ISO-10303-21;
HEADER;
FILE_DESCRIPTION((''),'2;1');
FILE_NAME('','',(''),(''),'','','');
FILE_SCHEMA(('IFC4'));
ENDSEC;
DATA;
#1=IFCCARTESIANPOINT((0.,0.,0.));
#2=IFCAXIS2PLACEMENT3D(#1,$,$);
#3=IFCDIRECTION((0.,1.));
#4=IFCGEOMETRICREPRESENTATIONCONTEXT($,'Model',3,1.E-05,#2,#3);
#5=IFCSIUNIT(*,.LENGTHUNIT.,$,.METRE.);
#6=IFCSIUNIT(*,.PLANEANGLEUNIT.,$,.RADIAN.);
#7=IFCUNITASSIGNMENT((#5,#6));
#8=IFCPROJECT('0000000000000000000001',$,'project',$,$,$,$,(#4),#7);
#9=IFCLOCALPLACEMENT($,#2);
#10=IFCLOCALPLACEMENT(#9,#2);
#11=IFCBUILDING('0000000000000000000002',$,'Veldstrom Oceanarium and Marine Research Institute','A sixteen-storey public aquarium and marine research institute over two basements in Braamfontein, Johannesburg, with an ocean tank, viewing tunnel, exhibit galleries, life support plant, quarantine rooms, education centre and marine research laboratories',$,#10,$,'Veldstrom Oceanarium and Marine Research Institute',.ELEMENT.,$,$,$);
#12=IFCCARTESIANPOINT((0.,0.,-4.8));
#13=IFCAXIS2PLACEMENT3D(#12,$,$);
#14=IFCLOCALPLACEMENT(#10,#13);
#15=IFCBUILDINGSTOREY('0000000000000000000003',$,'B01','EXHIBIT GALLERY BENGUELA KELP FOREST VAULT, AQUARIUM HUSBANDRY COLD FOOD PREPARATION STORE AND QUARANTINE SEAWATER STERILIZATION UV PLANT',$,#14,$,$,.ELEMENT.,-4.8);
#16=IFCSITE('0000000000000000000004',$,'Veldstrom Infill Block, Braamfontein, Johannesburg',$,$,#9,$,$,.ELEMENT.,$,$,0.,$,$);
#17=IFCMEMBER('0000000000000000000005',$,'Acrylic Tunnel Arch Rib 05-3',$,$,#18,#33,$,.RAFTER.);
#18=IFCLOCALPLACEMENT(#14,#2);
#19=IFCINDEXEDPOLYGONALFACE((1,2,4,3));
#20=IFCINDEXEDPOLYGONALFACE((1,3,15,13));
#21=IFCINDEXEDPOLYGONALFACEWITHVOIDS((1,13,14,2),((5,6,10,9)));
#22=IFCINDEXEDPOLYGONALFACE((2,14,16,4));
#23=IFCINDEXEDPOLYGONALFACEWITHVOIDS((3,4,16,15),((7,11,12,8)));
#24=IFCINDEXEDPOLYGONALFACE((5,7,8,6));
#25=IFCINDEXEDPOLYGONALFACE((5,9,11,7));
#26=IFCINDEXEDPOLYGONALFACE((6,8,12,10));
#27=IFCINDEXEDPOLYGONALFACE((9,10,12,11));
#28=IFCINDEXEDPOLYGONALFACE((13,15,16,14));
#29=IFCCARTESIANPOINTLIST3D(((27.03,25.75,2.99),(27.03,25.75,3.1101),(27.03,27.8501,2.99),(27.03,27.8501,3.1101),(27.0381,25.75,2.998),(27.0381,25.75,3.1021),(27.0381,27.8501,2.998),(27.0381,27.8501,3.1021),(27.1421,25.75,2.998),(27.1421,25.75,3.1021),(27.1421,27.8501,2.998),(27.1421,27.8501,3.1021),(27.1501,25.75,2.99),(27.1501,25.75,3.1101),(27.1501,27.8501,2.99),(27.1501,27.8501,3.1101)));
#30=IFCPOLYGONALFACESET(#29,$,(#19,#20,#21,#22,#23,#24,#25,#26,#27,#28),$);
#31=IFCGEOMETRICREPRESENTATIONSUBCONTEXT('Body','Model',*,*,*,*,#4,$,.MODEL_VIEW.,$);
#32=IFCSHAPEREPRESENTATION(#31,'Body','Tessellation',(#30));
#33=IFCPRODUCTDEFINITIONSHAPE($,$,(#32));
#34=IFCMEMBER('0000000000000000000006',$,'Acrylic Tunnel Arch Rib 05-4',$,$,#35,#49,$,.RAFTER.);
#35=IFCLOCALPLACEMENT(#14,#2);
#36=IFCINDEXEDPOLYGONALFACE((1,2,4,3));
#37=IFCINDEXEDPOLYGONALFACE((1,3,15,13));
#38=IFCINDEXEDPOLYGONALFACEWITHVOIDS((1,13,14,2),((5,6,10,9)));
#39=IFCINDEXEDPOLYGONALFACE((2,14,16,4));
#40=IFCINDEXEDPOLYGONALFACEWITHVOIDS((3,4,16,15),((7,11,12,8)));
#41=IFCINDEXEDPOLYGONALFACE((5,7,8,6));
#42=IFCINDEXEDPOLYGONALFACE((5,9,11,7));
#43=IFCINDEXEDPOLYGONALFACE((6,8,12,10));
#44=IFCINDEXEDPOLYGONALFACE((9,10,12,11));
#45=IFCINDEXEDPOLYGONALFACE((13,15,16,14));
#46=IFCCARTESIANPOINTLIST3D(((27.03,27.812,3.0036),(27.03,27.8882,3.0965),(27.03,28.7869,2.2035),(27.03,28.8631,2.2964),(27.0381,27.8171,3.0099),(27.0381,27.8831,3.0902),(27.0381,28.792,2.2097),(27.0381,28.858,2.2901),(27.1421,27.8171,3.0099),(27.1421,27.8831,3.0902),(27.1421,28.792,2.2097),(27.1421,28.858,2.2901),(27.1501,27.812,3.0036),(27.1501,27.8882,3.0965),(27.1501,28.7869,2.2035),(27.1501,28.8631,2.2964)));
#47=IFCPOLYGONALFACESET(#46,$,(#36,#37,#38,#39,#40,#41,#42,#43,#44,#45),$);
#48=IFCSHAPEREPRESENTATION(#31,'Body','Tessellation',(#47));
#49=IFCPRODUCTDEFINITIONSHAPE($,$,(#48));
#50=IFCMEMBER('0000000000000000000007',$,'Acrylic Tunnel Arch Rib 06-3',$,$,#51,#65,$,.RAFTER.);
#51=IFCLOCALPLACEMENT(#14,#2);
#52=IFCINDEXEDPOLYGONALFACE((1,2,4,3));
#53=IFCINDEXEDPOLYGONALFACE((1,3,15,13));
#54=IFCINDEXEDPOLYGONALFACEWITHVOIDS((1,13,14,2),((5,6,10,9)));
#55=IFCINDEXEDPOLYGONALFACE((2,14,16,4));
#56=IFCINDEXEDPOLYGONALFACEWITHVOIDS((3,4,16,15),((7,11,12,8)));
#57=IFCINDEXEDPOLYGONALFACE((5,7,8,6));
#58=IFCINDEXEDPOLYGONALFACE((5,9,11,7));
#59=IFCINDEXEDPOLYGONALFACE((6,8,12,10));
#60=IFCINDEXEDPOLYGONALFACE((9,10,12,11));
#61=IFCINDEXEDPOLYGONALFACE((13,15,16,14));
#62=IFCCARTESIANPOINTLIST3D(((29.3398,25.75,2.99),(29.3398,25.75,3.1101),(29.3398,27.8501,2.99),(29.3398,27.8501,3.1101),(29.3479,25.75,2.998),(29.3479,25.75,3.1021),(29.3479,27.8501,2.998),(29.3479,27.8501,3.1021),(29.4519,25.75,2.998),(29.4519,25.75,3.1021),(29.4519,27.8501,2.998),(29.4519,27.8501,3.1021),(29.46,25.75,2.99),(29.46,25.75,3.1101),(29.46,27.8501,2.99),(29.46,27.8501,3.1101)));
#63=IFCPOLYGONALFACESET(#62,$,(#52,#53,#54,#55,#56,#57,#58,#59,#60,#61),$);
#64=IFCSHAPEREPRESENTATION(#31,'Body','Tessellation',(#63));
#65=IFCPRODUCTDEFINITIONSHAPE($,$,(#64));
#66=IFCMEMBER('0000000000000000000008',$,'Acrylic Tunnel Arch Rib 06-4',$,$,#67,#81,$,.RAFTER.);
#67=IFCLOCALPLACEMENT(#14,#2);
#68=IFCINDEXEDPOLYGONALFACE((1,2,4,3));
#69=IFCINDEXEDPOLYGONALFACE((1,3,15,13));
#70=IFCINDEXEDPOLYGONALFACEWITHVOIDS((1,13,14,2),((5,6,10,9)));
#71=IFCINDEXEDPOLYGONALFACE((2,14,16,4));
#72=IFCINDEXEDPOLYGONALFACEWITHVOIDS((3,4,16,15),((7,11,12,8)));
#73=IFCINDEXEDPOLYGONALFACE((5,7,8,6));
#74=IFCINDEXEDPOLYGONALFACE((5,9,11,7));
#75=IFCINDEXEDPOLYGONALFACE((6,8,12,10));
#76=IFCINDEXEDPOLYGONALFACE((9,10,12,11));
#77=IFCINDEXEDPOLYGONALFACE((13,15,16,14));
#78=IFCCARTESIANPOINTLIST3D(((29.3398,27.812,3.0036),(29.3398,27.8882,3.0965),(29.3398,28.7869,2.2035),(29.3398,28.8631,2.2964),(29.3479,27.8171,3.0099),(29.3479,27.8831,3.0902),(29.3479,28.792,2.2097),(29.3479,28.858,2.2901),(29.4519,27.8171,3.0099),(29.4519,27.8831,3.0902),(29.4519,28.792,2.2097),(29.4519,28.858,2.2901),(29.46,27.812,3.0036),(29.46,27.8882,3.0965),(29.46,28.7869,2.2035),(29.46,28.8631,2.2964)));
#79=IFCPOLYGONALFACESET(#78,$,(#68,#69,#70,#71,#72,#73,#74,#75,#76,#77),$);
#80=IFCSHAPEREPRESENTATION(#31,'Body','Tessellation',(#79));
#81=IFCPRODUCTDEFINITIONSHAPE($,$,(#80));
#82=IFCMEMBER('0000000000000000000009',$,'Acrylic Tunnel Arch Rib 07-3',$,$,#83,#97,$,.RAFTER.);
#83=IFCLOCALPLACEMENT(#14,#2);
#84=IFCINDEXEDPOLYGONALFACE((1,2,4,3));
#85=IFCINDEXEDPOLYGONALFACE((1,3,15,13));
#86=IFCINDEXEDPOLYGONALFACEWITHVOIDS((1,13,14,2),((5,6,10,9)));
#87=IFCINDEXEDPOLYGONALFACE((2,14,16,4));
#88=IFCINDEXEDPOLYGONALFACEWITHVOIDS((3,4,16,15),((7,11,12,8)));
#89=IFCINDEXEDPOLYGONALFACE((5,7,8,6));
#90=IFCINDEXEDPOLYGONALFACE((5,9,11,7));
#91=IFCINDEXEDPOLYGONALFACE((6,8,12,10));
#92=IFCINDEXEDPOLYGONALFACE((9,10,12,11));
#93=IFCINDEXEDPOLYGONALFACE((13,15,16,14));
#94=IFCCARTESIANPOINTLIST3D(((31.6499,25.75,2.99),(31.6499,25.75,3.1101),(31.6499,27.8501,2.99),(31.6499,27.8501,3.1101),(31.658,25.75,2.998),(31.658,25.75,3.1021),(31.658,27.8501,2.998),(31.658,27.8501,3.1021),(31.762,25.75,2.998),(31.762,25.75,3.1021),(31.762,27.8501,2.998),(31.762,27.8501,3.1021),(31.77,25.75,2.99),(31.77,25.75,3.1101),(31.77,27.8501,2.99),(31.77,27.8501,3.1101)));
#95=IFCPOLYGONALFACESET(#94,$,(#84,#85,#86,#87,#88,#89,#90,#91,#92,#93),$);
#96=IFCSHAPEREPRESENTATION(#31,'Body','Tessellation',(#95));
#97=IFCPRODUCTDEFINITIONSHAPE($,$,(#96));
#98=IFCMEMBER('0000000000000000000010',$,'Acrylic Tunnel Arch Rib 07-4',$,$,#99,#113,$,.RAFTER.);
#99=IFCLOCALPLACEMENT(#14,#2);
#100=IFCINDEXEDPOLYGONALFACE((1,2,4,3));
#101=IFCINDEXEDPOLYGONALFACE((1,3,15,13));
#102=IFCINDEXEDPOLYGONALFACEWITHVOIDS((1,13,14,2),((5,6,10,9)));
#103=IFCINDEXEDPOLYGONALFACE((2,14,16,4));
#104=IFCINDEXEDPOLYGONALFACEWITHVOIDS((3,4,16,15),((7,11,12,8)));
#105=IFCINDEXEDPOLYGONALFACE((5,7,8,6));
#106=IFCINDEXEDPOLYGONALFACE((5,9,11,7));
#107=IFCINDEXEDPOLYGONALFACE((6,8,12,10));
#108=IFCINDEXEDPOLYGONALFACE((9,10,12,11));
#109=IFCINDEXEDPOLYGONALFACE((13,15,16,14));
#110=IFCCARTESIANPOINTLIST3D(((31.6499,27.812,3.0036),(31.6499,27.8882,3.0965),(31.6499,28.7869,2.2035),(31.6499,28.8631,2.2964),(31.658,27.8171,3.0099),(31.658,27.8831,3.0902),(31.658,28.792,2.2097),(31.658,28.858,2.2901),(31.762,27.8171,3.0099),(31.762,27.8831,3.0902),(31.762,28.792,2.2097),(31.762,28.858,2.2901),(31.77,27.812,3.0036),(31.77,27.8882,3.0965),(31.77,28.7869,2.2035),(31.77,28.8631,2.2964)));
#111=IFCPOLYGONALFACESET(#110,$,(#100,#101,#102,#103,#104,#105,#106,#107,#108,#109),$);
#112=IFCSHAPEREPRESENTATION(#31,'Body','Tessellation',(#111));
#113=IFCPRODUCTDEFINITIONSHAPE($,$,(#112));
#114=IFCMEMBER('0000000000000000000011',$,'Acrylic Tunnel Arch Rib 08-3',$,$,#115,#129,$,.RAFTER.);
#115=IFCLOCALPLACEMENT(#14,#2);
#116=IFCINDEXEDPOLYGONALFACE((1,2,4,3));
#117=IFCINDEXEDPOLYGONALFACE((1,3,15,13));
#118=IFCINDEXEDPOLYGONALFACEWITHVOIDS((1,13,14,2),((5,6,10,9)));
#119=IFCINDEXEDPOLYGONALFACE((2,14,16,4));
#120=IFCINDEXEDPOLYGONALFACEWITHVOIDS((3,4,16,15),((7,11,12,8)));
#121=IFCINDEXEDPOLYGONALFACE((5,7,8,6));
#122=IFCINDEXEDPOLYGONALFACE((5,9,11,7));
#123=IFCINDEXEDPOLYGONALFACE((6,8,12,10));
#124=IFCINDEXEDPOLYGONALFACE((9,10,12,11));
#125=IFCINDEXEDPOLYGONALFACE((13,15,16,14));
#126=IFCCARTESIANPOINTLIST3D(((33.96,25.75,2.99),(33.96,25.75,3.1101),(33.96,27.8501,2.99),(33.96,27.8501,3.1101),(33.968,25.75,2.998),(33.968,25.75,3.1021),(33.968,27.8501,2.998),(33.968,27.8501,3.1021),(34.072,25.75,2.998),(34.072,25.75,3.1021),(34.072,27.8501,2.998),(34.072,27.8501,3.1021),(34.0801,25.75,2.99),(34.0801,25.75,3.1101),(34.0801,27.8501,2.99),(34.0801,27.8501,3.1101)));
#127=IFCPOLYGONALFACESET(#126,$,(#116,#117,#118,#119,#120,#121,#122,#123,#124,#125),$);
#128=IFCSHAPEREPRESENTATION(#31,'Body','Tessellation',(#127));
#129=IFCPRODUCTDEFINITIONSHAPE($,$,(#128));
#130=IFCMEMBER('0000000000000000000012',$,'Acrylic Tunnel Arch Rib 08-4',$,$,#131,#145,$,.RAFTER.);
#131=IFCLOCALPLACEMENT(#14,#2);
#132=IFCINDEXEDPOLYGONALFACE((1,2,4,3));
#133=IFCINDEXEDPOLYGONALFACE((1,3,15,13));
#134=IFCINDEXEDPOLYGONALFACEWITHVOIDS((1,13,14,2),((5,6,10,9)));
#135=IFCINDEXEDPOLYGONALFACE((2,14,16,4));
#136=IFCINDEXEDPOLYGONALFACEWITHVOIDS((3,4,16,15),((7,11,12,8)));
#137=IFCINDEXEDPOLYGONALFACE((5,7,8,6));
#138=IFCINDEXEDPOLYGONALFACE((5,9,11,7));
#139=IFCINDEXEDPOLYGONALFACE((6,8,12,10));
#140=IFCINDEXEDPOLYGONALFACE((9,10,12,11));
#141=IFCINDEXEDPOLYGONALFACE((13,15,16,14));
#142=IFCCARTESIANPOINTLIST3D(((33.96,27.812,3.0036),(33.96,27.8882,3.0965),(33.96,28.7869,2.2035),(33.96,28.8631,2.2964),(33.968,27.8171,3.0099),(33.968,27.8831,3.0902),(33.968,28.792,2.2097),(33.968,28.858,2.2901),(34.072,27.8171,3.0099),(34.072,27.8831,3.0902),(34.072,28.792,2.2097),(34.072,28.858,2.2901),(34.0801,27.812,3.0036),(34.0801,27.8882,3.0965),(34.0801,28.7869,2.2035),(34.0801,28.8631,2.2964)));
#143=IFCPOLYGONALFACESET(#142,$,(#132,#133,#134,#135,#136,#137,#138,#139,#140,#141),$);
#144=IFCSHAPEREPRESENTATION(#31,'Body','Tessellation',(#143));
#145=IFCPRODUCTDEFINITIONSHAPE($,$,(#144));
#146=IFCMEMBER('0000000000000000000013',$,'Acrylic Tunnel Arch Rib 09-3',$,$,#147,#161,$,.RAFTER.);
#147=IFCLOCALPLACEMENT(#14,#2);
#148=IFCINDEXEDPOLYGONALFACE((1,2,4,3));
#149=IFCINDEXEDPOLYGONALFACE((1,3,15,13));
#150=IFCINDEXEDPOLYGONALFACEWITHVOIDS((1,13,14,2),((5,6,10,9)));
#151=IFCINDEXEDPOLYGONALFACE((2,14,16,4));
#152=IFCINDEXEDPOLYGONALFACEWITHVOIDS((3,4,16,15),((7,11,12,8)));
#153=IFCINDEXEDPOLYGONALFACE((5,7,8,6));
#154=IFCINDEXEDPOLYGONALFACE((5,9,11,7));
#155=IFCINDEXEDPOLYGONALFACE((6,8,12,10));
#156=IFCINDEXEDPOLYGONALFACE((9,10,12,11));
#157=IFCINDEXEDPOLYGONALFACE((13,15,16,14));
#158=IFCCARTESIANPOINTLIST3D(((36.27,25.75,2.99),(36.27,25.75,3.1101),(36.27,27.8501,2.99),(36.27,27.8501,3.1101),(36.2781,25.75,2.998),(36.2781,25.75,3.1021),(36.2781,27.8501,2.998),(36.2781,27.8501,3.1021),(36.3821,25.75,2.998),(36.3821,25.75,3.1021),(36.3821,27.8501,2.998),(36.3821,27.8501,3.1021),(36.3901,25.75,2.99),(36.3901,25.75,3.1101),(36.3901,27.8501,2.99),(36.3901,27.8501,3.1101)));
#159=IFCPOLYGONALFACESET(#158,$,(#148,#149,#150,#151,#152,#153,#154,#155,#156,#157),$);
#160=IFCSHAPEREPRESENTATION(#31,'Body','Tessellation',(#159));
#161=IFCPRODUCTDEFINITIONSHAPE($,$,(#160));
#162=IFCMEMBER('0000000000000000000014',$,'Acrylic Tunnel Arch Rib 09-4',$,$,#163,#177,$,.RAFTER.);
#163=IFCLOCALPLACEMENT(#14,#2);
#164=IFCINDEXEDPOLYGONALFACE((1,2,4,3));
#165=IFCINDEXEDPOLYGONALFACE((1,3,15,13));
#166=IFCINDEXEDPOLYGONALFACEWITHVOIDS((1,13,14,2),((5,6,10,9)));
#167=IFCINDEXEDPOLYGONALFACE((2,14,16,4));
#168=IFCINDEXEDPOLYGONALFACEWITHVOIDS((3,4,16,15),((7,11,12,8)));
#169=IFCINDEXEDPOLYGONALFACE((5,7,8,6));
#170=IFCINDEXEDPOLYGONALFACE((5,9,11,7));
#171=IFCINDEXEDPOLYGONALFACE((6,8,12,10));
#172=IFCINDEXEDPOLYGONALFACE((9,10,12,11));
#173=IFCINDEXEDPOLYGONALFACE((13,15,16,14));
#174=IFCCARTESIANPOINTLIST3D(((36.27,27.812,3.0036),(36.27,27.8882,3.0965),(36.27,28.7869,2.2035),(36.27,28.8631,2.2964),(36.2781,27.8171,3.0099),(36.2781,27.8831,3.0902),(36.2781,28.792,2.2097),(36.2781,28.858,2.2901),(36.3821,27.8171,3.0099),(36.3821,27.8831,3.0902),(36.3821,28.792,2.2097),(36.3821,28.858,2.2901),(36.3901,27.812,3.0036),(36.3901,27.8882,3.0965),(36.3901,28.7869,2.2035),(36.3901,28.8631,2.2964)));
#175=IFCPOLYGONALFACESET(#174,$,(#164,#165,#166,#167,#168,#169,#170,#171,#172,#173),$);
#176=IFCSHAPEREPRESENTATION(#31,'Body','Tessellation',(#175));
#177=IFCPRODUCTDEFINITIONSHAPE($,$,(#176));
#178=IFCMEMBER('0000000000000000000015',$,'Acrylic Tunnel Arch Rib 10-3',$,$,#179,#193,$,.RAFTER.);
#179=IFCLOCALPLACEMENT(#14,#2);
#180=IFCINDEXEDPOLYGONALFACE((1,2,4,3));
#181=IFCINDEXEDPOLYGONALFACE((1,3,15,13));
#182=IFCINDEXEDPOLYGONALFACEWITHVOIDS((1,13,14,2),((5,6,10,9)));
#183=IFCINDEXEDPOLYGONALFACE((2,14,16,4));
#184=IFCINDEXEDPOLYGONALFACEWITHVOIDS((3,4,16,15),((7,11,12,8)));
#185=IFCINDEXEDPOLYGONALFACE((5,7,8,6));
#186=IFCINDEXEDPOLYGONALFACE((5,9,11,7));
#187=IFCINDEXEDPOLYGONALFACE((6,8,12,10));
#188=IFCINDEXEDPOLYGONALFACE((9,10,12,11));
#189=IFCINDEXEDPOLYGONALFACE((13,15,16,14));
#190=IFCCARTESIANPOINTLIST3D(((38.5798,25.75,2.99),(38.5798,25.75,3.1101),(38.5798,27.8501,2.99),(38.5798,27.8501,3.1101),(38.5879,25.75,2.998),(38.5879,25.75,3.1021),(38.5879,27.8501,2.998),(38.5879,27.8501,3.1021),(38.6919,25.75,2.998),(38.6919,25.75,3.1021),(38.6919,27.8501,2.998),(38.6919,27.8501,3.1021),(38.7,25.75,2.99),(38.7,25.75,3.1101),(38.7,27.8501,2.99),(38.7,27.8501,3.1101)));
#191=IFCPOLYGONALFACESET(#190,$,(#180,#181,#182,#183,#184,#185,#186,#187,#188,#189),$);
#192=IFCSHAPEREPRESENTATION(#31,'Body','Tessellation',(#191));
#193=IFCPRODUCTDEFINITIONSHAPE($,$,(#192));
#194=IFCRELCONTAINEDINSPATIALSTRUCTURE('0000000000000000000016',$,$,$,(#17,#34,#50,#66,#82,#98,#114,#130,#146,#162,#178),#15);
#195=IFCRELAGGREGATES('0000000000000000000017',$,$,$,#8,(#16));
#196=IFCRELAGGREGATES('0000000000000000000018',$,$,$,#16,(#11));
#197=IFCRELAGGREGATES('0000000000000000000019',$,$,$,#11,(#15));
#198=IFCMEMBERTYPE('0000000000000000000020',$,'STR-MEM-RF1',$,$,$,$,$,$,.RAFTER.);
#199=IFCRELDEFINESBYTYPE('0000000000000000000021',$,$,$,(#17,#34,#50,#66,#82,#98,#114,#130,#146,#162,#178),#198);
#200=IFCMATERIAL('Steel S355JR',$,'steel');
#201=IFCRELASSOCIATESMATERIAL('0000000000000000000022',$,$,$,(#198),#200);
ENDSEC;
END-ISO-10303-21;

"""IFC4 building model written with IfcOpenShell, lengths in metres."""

from ifc_helpers import new_model, si_unit, direction, frame, origin, origin_2d, place, context, subcontext, project, spatial, hollow_rectangle, extrude, material, material_profile, profile_set, type_object, element, save


model = new_model("IFC4")

# Units and contexts
model_context = context("Model", 3, precision=1e-05, world=origin(), true_north=direction((0.0, 1.0)))
body_context = subcontext(model_context, "Body", "Model", "MODEL_VIEW")
ifc_project = project(units=[si_unit("LENGTHUNIT", "METRE"), si_unit("PLANEANGLEUNIT", "RADIAN")], contexts=[model_context])

# Site, building, storey
site_placement = place(None, origin())
site = spatial("IfcSite", under=ifc_project, at=site_placement, Name="Veldstrom Infill Block, Braamfontein, Johannesburg", CompositionType="ELEMENT", RefElevation=0.0)
building_placement = place(site_placement, origin())
building = spatial("IfcBuilding", under=site, at=building_placement, Name="Veldstrom Oceanarium and Marine Research Institute", Description="A sixteen-storey public aquarium and marine research institute over two basements in Braamfontein, Johannesburg, with an ocean tank, viewing tunnel, exhibit galleries, life support plant, quarantine rooms, education centre and marine research laboratories", LongName="Veldstrom Oceanarium and Marine Research Institute", CompositionType="ELEMENT")
storey_placement = place(building_placement, frame((0.0, 0.0, -4.8)))
storey = spatial("IfcBuildingStorey", under=building, at=storey_placement, Name="B01", Description="EXHIBIT GALLERY BENGUELA KELP FOREST VAULT, AQUARIUM HUSBANDRY COLD FOOD PREPARATION STORE AND QUARANTINE SEAWATER STERILIZATION UV PLANT", CompositionType="ELEMENT", Elevation=-4.8)

# Members
ifc_material_1 = material(Name="Steel S355JR", Category="steel")
ifc_material_profile = material_profile(ifc_material_1, hollow_rectangle(XDim=0.1201, YDim=0.1201, WallThickness=0.0081, at=origin_2d()), Name="SHS 120x120x8")
ifc_profile_set = profile_set([ifc_material_profile], Name="Steel S355JR")
member_type = type_object("IfcMemberType", Name="STR-MEM-RF1", PredefinedType="RAFTER", material=ifc_profile_set)
member_1_placement = place(storey_placement, frame((27.0901, 25.75, 3.05), z_axis=(0.0, 1.0, 0.0), x_axis=(-1.0, 0.0, 0.0)))
element("IfcMember", 1, at=member_1_placement, inside=storey, type_object=member_type, Name="Acrylic Tunnel Arch Rib 05-3", PredefinedType="RAFTER", context=body_context, shape_type="SweptSolid", body=[
    extrude(hollow_rectangle(XDim=0.1201, YDim=0.1201, WallThickness=0.0081, at=origin_2d()), origin(), (0.0, 0.0, 1.0), 2.1001),
])
member_2_placement = place(storey_placement, frame((27.0901, 27.8501, 3.05), z_axis=(0.0, 0.773008, -0.634397), x_axis=(-1.0, 0.0, 0.0)))
element("IfcMember", 2, at=member_2_placement, inside=storey, type_object=member_type, Name="Acrylic Tunnel Arch Rib 05-4", PredefinedType="RAFTER", context=body_context, shape_type="SweptSolid", body=[
    extrude(hollow_rectangle(XDim=0.1201, YDim=0.1201, WallThickness=0.0081, at=origin_2d()), origin(), (0.0, 0.0, 1.0), 1.2612),
])
member_3_placement = place(storey_placement, frame((29.3999, 25.75, 3.05), z_axis=(0.0, 1.0, 0.0), x_axis=(-1.0, 0.0, 0.0)))
element("IfcMember", 3, at=member_3_placement, inside=storey, type_object=member_type, Name="Acrylic Tunnel Arch Rib 06-3", PredefinedType="RAFTER", context=body_context, shape_type="SweptSolid", body=[
    extrude(hollow_rectangle(XDim=0.1201, YDim=0.1201, WallThickness=0.0081, at=origin_2d()), origin(), (0.0, 0.0, 1.0), 2.1001),
])
member_4_placement = place(storey_placement, frame((29.3999, 27.8501, 3.05), z_axis=(0.0, 0.773008, -0.634397), x_axis=(-1.0, 0.0, 0.0)))
element("IfcMember", 4, at=member_4_placement, inside=storey, type_object=member_type, Name="Acrylic Tunnel Arch Rib 06-4", PredefinedType="RAFTER", context=body_context, shape_type="SweptSolid", body=[
    extrude(hollow_rectangle(XDim=0.1201, YDim=0.1201, WallThickness=0.0081, at=origin_2d()), origin(), (0.0, 0.0, 1.0), 1.2612),
])
member_5_placement = place(storey_placement, frame((31.71, 25.75, 3.05), z_axis=(0.0, 1.0, 0.0), x_axis=(-1.0, 0.0, 0.0)))
element("IfcMember", 5, at=member_5_placement, inside=storey, type_object=member_type, Name="Acrylic Tunnel Arch Rib 07-3", PredefinedType="RAFTER", context=body_context, shape_type="SweptSolid", body=[
    extrude(hollow_rectangle(XDim=0.1201, YDim=0.1201, WallThickness=0.0081, at=origin_2d()), origin(), (0.0, 0.0, 1.0), 2.1001),
])
member_6_placement = place(storey_placement, frame((31.71, 27.8501, 3.05), z_axis=(0.0, 0.773008, -0.634397), x_axis=(-1.0, 0.0, 0.0)))
element("IfcMember", 6, at=member_6_placement, inside=storey, type_object=member_type, Name="Acrylic Tunnel Arch Rib 07-4", PredefinedType="RAFTER", context=body_context, shape_type="SweptSolid", body=[
    extrude(hollow_rectangle(XDim=0.1201, YDim=0.1201, WallThickness=0.0081, at=origin_2d()), origin(), (0.0, 0.0, 1.0), 1.2612),
])
member_7_placement = place(storey_placement, frame((34.02, 25.75, 3.05), z_axis=(0.0, 1.0, 0.0), x_axis=(-1.0, 0.0, 0.0)))
element("IfcMember", 7, at=member_7_placement, inside=storey, type_object=member_type, Name="Acrylic Tunnel Arch Rib 08-3", PredefinedType="RAFTER", context=body_context, shape_type="SweptSolid", body=[
    extrude(hollow_rectangle(XDim=0.1201, YDim=0.1201, WallThickness=0.0081, at=origin_2d()), origin(), (0.0, 0.0, 1.0), 2.1001),
])
member_8_placement = place(storey_placement, frame((34.02, 27.8501, 3.05), z_axis=(0.0, 0.773008, -0.634397), x_axis=(-1.0, 0.0, 0.0)))
element("IfcMember", 8, at=member_8_placement, inside=storey, type_object=member_type, Name="Acrylic Tunnel Arch Rib 08-4", PredefinedType="RAFTER", context=body_context, shape_type="SweptSolid", body=[
    extrude(hollow_rectangle(XDim=0.1201, YDim=0.1201, WallThickness=0.0081, at=origin_2d()), origin(), (0.0, 0.0, 1.0), 1.2612),
])
member_9_placement = place(storey_placement, frame((36.3301, 25.75, 3.05), z_axis=(0.0, 1.0, 0.0), x_axis=(-1.0, 0.0, 0.0)))
element("IfcMember", 9, at=member_9_placement, inside=storey, type_object=member_type, Name="Acrylic Tunnel Arch Rib 09-3", PredefinedType="RAFTER", context=body_context, shape_type="SweptSolid", body=[
    extrude(hollow_rectangle(XDim=0.1201, YDim=0.1201, WallThickness=0.0081, at=origin_2d()), origin(), (0.0, 0.0, 1.0), 2.1001),
])
member_10_placement = place(storey_placement, frame((36.3301, 27.8501, 3.05), z_axis=(0.0, 0.773008, -0.634397), x_axis=(-1.0, 0.0, 0.0)))
element("IfcMember", 10, at=member_10_placement, inside=storey, type_object=member_type, Name="Acrylic Tunnel Arch Rib 09-4", PredefinedType="RAFTER", context=body_context, shape_type="SweptSolid", body=[
    extrude(hollow_rectangle(XDim=0.1201, YDim=0.1201, WallThickness=0.0081, at=origin_2d()), origin(), (0.0, 0.0, 1.0), 1.2612),
])
member_11_placement = place(storey_placement, frame((38.6399, 25.75, 3.05), z_axis=(0.0, 1.0, 0.0), x_axis=(-1.0, 0.0, 0.0)))
element("IfcMember", 11, at=member_11_placement, inside=storey, type_object=member_type, Name="Acrylic Tunnel Arch Rib 10-3", PredefinedType="RAFTER", context=body_context, shape_type="SweptSolid", body=[
    extrude(hollow_rectangle(XDim=0.1201, YDim=0.1201, WallThickness=0.0081, at=origin_2d()), origin(), (0.0, 0.0, 1.0), 2.1001),
])

save(model, "model.ifc")
